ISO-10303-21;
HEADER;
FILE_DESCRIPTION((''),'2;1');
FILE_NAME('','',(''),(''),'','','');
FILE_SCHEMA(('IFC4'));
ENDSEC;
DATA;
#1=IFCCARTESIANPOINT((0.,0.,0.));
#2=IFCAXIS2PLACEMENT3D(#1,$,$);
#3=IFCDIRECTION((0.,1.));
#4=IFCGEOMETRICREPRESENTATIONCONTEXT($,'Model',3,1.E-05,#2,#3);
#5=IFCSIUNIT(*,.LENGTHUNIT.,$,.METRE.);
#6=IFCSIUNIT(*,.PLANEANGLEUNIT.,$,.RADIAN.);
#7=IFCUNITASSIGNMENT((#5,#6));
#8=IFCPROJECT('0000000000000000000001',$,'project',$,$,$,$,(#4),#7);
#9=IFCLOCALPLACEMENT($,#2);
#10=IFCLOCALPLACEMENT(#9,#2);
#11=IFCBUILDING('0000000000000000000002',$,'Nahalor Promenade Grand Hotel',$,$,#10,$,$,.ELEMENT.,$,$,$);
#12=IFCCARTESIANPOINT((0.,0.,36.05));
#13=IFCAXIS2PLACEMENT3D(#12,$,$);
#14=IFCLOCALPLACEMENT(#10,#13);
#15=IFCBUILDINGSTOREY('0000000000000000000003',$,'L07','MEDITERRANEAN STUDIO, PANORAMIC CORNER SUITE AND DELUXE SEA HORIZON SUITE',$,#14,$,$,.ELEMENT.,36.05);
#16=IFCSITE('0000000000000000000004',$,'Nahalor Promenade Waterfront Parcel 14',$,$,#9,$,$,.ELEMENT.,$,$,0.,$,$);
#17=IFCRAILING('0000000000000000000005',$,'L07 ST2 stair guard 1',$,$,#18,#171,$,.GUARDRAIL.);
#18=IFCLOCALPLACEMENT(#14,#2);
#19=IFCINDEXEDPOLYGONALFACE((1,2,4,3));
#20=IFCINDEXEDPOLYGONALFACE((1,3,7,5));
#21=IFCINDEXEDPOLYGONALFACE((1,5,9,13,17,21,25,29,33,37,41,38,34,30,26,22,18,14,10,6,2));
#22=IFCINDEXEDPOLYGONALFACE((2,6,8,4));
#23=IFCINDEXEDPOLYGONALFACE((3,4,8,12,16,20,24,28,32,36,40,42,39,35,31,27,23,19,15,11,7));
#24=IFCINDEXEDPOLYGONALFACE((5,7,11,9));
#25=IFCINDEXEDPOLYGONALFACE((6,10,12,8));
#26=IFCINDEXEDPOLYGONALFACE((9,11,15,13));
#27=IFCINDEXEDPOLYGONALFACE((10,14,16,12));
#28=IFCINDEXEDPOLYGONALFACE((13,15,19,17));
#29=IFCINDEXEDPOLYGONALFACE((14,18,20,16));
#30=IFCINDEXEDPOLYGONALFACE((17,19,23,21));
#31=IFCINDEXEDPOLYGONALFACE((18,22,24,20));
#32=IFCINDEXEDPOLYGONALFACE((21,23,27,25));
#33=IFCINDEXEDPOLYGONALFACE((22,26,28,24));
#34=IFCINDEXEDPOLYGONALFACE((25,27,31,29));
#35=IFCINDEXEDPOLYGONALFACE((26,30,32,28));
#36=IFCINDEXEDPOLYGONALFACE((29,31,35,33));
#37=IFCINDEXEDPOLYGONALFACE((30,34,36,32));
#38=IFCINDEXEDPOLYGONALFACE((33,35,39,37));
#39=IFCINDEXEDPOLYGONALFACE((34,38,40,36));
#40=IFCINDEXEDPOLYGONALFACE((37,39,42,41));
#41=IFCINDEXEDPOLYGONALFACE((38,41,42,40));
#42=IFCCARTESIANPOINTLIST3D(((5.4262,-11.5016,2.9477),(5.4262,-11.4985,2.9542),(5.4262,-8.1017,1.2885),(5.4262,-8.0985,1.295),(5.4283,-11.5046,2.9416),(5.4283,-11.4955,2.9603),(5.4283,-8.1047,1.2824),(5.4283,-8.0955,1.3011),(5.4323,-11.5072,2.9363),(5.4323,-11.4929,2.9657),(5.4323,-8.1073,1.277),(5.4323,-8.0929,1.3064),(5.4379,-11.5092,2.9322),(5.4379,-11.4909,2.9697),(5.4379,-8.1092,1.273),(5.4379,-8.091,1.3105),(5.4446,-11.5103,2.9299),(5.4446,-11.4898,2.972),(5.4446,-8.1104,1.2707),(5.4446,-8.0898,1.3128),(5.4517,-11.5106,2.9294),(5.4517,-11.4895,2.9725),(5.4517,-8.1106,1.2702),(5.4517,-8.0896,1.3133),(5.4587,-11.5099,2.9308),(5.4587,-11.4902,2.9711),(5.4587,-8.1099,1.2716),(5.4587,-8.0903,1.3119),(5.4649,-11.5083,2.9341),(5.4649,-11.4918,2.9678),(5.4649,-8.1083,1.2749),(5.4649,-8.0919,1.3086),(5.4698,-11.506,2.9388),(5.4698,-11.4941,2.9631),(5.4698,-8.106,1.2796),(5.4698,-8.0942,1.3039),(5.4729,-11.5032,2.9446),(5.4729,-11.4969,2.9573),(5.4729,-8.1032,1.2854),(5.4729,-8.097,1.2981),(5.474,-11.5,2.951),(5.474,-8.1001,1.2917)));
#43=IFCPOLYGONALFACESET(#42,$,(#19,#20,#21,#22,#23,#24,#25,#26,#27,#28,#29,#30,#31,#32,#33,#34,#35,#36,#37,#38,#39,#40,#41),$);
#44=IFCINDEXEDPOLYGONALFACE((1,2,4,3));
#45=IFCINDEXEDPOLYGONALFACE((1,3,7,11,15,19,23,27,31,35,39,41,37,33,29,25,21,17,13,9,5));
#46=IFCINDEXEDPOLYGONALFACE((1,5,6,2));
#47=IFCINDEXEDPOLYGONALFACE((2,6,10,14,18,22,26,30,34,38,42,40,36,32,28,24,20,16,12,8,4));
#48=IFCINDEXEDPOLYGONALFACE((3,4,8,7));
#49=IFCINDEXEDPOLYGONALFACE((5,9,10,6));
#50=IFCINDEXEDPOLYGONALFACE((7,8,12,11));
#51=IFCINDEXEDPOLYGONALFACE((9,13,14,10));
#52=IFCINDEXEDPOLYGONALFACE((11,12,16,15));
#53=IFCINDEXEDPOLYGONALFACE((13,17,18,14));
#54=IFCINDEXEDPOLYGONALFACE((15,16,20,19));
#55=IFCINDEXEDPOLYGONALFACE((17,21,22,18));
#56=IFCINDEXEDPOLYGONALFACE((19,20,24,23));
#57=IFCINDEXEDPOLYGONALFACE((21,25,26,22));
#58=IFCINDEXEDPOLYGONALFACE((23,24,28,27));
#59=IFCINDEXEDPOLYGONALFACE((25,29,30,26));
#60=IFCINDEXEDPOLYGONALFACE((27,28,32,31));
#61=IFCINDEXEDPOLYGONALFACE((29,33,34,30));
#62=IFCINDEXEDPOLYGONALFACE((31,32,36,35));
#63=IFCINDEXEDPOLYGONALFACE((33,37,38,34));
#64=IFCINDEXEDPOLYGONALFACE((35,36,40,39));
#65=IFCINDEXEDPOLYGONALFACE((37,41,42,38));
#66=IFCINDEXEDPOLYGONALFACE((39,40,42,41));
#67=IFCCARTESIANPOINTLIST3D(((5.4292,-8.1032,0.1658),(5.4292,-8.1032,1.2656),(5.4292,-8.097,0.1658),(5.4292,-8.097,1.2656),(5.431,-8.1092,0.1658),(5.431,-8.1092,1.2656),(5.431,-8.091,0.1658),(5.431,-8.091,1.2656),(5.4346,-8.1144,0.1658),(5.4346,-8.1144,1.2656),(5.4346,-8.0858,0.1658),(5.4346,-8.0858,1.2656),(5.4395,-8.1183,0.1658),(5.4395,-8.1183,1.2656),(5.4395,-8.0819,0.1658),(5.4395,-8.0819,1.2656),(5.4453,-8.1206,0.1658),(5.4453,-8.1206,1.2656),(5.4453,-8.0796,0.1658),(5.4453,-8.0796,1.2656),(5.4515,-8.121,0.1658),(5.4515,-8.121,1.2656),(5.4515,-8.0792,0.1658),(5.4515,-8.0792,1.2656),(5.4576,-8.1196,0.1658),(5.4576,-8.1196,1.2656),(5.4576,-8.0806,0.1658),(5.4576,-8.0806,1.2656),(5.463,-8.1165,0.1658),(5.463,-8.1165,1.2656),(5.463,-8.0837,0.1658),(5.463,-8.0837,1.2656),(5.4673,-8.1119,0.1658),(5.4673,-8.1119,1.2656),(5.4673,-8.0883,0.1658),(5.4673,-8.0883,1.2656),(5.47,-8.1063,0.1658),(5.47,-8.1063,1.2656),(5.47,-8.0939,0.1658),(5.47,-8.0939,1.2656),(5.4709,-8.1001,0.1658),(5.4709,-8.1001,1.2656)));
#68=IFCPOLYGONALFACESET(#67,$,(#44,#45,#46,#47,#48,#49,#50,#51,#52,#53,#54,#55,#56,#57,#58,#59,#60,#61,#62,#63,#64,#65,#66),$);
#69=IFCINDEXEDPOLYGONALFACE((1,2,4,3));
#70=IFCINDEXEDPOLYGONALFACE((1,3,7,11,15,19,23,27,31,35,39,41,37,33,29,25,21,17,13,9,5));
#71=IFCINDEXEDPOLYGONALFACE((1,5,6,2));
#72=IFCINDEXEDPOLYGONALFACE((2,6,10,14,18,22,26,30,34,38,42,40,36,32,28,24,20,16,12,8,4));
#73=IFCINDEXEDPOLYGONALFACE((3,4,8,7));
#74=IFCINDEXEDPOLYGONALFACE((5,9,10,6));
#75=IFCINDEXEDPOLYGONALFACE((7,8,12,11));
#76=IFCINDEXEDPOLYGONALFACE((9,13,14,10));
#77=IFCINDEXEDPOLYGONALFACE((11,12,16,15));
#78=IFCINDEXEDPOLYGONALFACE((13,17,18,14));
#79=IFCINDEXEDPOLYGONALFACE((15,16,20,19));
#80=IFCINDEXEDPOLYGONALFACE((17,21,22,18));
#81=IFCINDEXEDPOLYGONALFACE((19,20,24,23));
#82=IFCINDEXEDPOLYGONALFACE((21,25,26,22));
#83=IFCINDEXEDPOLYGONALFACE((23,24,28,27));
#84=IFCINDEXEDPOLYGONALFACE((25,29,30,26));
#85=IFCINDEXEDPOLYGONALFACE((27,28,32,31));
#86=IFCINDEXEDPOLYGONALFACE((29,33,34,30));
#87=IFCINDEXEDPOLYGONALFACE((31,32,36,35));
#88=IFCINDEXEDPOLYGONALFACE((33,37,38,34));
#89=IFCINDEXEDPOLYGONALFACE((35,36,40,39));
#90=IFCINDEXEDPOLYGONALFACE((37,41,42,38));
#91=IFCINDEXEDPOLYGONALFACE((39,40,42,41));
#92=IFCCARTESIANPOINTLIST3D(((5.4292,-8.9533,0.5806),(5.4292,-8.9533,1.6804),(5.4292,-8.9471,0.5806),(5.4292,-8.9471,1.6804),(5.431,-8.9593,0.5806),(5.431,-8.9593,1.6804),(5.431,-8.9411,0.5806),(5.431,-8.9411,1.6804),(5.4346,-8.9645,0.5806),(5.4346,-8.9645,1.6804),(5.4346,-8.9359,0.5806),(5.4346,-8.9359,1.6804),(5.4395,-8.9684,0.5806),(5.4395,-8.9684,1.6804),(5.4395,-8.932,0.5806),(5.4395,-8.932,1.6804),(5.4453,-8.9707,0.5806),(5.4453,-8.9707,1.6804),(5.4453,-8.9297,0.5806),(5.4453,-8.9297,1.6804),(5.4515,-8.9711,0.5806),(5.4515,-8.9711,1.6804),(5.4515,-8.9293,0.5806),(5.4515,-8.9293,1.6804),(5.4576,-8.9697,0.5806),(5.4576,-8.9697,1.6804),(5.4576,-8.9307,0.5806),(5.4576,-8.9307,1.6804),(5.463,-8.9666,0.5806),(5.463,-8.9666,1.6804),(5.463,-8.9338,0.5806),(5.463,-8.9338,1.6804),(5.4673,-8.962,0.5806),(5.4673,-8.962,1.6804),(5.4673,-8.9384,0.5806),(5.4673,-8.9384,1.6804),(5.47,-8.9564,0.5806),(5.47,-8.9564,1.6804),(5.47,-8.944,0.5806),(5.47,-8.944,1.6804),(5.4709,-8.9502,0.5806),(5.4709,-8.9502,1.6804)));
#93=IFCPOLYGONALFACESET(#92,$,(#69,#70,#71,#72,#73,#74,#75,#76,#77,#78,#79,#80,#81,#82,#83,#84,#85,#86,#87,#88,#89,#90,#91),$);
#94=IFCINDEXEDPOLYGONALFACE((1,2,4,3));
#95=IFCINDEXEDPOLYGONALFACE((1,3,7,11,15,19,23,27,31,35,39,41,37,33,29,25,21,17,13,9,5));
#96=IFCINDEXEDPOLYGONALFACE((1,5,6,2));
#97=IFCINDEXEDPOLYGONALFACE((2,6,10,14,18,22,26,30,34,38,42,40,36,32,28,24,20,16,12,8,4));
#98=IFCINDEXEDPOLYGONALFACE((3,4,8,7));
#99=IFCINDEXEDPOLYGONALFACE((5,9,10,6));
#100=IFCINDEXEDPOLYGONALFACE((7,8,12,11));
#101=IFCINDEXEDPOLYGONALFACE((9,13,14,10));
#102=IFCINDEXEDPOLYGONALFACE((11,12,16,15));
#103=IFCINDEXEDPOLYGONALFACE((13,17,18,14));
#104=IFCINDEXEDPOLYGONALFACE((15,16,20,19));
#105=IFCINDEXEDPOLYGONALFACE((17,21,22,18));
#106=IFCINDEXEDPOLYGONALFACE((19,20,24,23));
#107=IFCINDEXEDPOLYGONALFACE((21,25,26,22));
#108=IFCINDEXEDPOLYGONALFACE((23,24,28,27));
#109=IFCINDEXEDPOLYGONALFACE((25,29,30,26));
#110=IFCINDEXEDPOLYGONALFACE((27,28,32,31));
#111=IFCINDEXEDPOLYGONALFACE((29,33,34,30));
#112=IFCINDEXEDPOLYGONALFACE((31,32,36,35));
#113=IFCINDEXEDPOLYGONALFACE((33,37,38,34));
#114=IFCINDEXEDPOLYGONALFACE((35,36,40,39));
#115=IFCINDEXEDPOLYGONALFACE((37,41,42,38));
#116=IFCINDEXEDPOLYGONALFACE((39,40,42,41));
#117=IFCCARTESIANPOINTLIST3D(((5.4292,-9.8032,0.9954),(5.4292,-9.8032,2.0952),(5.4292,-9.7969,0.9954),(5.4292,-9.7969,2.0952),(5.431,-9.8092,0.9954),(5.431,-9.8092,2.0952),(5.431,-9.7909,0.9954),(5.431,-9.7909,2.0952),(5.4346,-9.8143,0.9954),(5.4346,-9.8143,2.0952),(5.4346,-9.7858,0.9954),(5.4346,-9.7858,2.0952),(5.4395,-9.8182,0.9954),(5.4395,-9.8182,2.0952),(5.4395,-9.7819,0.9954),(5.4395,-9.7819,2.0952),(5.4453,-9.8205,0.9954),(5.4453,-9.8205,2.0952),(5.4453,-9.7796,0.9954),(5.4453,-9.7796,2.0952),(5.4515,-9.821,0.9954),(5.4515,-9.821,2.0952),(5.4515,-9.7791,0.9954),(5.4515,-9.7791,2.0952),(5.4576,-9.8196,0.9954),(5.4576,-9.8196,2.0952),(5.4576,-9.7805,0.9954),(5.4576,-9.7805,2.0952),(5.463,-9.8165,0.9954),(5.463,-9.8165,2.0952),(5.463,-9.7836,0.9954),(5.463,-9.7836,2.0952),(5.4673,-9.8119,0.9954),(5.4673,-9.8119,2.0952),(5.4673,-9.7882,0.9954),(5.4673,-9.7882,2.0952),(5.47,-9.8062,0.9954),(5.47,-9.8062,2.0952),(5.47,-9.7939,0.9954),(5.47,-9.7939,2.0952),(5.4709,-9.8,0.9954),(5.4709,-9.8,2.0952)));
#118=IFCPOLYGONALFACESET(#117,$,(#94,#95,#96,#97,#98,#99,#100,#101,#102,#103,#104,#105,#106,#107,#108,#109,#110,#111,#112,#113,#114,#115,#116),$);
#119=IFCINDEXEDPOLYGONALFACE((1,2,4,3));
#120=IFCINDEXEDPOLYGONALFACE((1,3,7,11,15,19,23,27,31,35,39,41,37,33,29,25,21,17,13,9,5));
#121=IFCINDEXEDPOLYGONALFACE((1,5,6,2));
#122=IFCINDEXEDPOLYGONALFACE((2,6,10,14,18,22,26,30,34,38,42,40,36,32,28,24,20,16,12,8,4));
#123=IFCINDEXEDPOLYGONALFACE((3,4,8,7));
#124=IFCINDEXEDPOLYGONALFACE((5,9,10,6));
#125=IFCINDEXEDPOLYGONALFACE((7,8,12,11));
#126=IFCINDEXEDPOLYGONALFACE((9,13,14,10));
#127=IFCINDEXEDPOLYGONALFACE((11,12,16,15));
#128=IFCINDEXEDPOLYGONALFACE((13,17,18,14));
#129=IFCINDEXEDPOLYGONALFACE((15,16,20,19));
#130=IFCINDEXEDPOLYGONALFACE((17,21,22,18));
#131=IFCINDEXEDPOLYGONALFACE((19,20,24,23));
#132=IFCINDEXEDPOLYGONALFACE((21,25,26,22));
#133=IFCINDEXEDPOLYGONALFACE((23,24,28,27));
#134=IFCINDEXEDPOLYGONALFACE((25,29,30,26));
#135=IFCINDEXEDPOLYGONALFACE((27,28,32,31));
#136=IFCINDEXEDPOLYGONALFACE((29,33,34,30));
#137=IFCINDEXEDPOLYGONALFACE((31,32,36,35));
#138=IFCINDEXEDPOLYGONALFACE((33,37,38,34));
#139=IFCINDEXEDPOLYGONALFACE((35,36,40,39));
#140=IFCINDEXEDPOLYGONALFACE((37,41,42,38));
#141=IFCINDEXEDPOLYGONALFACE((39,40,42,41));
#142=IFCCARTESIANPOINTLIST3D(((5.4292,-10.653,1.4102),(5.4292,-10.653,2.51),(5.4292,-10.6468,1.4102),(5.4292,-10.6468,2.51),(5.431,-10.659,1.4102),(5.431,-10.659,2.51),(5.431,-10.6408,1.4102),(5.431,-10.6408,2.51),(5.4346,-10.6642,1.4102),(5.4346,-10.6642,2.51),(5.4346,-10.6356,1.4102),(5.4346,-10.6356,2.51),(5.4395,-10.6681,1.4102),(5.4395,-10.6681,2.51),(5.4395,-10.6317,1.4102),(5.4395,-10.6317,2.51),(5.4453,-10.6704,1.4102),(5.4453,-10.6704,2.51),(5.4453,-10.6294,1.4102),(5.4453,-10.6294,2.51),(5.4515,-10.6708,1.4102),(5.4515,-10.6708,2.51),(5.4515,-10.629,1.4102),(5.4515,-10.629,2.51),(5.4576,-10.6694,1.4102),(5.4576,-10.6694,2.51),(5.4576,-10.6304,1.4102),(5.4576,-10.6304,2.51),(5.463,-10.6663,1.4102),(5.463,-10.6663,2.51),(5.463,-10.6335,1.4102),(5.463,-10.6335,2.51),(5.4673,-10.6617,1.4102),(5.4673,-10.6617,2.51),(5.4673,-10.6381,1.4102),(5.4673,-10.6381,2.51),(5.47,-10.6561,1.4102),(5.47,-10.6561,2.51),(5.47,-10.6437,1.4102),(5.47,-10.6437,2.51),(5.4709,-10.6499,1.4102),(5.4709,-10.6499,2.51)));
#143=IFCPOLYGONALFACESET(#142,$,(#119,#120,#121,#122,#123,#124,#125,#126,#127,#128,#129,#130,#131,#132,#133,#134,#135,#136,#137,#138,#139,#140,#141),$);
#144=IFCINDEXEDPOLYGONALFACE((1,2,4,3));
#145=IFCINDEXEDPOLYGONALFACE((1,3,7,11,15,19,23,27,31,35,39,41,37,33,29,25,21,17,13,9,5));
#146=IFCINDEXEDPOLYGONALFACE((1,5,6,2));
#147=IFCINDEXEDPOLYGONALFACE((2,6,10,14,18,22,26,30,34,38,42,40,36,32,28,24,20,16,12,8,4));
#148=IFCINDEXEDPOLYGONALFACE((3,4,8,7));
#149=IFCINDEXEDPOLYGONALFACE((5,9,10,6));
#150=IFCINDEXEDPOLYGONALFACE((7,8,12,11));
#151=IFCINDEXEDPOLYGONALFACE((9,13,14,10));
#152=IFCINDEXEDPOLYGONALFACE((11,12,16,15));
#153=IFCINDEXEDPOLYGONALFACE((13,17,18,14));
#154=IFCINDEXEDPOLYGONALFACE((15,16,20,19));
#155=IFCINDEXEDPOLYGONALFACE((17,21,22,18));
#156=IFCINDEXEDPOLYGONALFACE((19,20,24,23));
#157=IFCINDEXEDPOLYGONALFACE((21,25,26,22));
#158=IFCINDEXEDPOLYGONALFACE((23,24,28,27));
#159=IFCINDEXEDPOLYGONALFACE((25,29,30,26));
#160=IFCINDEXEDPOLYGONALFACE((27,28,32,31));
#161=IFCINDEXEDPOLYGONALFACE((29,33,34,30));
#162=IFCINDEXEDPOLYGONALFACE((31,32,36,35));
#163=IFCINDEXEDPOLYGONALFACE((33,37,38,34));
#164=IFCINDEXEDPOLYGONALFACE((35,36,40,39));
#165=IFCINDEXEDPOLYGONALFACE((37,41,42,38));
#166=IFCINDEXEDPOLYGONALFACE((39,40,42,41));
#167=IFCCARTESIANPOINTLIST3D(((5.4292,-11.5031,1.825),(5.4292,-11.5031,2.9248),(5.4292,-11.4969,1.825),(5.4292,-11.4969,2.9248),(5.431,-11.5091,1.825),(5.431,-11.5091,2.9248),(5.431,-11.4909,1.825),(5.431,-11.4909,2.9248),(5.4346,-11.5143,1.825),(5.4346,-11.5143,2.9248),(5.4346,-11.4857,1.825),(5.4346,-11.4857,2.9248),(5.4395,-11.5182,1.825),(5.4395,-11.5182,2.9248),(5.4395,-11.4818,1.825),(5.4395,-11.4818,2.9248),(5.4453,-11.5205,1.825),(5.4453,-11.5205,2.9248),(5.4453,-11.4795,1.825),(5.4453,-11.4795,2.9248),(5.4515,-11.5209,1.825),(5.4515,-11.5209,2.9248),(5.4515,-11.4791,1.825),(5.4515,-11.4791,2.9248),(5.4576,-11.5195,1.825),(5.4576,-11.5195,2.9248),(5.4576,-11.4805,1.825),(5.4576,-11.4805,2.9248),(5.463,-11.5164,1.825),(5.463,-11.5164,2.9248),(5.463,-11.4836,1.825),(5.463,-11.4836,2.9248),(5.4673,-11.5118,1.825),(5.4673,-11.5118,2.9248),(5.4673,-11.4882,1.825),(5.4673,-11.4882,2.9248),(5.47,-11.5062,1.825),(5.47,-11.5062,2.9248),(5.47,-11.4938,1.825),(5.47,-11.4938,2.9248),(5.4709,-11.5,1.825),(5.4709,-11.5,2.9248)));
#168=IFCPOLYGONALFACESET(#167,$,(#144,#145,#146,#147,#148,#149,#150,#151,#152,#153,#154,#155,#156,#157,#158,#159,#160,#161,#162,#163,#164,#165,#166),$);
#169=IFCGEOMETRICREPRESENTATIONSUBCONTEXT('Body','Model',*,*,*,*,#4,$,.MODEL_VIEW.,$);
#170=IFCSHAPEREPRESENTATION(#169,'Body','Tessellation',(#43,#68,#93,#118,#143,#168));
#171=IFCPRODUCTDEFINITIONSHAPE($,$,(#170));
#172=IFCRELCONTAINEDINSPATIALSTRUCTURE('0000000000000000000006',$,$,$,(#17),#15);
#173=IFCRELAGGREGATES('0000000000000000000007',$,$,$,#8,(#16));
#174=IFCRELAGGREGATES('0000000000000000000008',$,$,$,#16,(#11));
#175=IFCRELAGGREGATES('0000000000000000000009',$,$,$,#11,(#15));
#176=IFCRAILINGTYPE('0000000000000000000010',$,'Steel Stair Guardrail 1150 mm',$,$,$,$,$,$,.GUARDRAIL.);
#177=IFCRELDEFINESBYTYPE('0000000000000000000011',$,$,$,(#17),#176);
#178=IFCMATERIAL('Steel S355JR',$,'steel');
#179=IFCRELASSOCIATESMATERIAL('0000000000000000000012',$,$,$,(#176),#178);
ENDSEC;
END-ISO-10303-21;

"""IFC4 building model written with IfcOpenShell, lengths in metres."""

from ifc_helpers import new_model, si_unit, direction, frame, origin, origin_2d, place, context, subcontext, project, spatial, circle, extrude, material, type_object, element, save


model = new_model("IFC4")

# Units and contexts
model_context = context("Model", 3, precision=1e-05, world=origin(), true_north=direction((0.0, 1.0)))
body_context = subcontext(model_context, "Body", "Model", "MODEL_VIEW")
ifc_project = project(units=[si_unit("LENGTHUNIT", "METRE"), si_unit("PLANEANGLEUNIT", "RADIAN")], contexts=[model_context])

# Site, building, storey
site_placement = place(None, origin())
site = spatial("IfcSite", under=ifc_project, at=site_placement, Name="Nahalor Promenade Waterfront Parcel 14", CompositionType="ELEMENT", RefElevation=0.0)
building_placement = place(site_placement, origin())
building = spatial("IfcBuilding", under=site, at=building_placement, Name="Nahalor Promenade Grand Hotel", CompositionType="ELEMENT")
storey_placement = place(building_placement, frame((0.0, 0.0, 36.05)))
storey = spatial("IfcBuildingStorey", under=building, at=storey_placement, Name="L07", Description="MEDITERRANEAN STUDIO, PANORAMIC CORNER SUITE AND DELUXE SEA HORIZON SUITE", CompositionType="ELEMENT", Elevation=36.05)

# Shared definitions
ifc_material_1 = material(Name="Steel S355JR", Category="steel")

# Railing
railing_type_1 = type_object("IfcRailingType", Name="Steel Stair Guardrail 1150 mm", PredefinedType="GUARDRAIL", material=ifc_material_1)
railing_1_placement = place(storey_placement, frame((5.45, -8.1001, 0.1658)))
element("IfcRailing", 1, at=railing_1_placement, inside=storey, type_object=railing_type_1, Name="L07 ST2 stair guard 1", PredefinedType="GUARDRAIL", context=body_context, shape_type="SweptSolid", body=[
    extrude(circle(Radius=0.024, at=origin_2d()), frame((0.0, 0.0, 1.126), z_axis=(0.0, -0.898696, 0.438571), x_axis=(1.0, 0.0, 0.0)), (0.0, 0.0, 1.0), 3.7832),
    extrude(circle(Radius=0.021, at=origin_2d()), origin(), (0.0, 0.0, 1.0), 1.0999),
    extrude(circle(Radius=0.021, at=origin_2d()), frame((0.0, -0.8501, 0.4148)), (0.0, 0.0, 1.0), 1.0999),
    extrude(circle(Radius=0.021, at=origin_2d()), frame((0.0, -1.7, 0.8296)), (0.0, 0.0, 1.0), 1.0999),
    extrude(circle(Radius=0.021, at=origin_2d()), frame((0.0, -2.5498, 1.2444)), (0.0, 0.0, 1.0), 1.0999),
    extrude(circle(Radius=0.021, at=origin_2d()), frame((0.0, -3.3999, 1.6592)), (0.0, 0.0, 1.0), 1.0999),
])

save(model, "model.ifc")
